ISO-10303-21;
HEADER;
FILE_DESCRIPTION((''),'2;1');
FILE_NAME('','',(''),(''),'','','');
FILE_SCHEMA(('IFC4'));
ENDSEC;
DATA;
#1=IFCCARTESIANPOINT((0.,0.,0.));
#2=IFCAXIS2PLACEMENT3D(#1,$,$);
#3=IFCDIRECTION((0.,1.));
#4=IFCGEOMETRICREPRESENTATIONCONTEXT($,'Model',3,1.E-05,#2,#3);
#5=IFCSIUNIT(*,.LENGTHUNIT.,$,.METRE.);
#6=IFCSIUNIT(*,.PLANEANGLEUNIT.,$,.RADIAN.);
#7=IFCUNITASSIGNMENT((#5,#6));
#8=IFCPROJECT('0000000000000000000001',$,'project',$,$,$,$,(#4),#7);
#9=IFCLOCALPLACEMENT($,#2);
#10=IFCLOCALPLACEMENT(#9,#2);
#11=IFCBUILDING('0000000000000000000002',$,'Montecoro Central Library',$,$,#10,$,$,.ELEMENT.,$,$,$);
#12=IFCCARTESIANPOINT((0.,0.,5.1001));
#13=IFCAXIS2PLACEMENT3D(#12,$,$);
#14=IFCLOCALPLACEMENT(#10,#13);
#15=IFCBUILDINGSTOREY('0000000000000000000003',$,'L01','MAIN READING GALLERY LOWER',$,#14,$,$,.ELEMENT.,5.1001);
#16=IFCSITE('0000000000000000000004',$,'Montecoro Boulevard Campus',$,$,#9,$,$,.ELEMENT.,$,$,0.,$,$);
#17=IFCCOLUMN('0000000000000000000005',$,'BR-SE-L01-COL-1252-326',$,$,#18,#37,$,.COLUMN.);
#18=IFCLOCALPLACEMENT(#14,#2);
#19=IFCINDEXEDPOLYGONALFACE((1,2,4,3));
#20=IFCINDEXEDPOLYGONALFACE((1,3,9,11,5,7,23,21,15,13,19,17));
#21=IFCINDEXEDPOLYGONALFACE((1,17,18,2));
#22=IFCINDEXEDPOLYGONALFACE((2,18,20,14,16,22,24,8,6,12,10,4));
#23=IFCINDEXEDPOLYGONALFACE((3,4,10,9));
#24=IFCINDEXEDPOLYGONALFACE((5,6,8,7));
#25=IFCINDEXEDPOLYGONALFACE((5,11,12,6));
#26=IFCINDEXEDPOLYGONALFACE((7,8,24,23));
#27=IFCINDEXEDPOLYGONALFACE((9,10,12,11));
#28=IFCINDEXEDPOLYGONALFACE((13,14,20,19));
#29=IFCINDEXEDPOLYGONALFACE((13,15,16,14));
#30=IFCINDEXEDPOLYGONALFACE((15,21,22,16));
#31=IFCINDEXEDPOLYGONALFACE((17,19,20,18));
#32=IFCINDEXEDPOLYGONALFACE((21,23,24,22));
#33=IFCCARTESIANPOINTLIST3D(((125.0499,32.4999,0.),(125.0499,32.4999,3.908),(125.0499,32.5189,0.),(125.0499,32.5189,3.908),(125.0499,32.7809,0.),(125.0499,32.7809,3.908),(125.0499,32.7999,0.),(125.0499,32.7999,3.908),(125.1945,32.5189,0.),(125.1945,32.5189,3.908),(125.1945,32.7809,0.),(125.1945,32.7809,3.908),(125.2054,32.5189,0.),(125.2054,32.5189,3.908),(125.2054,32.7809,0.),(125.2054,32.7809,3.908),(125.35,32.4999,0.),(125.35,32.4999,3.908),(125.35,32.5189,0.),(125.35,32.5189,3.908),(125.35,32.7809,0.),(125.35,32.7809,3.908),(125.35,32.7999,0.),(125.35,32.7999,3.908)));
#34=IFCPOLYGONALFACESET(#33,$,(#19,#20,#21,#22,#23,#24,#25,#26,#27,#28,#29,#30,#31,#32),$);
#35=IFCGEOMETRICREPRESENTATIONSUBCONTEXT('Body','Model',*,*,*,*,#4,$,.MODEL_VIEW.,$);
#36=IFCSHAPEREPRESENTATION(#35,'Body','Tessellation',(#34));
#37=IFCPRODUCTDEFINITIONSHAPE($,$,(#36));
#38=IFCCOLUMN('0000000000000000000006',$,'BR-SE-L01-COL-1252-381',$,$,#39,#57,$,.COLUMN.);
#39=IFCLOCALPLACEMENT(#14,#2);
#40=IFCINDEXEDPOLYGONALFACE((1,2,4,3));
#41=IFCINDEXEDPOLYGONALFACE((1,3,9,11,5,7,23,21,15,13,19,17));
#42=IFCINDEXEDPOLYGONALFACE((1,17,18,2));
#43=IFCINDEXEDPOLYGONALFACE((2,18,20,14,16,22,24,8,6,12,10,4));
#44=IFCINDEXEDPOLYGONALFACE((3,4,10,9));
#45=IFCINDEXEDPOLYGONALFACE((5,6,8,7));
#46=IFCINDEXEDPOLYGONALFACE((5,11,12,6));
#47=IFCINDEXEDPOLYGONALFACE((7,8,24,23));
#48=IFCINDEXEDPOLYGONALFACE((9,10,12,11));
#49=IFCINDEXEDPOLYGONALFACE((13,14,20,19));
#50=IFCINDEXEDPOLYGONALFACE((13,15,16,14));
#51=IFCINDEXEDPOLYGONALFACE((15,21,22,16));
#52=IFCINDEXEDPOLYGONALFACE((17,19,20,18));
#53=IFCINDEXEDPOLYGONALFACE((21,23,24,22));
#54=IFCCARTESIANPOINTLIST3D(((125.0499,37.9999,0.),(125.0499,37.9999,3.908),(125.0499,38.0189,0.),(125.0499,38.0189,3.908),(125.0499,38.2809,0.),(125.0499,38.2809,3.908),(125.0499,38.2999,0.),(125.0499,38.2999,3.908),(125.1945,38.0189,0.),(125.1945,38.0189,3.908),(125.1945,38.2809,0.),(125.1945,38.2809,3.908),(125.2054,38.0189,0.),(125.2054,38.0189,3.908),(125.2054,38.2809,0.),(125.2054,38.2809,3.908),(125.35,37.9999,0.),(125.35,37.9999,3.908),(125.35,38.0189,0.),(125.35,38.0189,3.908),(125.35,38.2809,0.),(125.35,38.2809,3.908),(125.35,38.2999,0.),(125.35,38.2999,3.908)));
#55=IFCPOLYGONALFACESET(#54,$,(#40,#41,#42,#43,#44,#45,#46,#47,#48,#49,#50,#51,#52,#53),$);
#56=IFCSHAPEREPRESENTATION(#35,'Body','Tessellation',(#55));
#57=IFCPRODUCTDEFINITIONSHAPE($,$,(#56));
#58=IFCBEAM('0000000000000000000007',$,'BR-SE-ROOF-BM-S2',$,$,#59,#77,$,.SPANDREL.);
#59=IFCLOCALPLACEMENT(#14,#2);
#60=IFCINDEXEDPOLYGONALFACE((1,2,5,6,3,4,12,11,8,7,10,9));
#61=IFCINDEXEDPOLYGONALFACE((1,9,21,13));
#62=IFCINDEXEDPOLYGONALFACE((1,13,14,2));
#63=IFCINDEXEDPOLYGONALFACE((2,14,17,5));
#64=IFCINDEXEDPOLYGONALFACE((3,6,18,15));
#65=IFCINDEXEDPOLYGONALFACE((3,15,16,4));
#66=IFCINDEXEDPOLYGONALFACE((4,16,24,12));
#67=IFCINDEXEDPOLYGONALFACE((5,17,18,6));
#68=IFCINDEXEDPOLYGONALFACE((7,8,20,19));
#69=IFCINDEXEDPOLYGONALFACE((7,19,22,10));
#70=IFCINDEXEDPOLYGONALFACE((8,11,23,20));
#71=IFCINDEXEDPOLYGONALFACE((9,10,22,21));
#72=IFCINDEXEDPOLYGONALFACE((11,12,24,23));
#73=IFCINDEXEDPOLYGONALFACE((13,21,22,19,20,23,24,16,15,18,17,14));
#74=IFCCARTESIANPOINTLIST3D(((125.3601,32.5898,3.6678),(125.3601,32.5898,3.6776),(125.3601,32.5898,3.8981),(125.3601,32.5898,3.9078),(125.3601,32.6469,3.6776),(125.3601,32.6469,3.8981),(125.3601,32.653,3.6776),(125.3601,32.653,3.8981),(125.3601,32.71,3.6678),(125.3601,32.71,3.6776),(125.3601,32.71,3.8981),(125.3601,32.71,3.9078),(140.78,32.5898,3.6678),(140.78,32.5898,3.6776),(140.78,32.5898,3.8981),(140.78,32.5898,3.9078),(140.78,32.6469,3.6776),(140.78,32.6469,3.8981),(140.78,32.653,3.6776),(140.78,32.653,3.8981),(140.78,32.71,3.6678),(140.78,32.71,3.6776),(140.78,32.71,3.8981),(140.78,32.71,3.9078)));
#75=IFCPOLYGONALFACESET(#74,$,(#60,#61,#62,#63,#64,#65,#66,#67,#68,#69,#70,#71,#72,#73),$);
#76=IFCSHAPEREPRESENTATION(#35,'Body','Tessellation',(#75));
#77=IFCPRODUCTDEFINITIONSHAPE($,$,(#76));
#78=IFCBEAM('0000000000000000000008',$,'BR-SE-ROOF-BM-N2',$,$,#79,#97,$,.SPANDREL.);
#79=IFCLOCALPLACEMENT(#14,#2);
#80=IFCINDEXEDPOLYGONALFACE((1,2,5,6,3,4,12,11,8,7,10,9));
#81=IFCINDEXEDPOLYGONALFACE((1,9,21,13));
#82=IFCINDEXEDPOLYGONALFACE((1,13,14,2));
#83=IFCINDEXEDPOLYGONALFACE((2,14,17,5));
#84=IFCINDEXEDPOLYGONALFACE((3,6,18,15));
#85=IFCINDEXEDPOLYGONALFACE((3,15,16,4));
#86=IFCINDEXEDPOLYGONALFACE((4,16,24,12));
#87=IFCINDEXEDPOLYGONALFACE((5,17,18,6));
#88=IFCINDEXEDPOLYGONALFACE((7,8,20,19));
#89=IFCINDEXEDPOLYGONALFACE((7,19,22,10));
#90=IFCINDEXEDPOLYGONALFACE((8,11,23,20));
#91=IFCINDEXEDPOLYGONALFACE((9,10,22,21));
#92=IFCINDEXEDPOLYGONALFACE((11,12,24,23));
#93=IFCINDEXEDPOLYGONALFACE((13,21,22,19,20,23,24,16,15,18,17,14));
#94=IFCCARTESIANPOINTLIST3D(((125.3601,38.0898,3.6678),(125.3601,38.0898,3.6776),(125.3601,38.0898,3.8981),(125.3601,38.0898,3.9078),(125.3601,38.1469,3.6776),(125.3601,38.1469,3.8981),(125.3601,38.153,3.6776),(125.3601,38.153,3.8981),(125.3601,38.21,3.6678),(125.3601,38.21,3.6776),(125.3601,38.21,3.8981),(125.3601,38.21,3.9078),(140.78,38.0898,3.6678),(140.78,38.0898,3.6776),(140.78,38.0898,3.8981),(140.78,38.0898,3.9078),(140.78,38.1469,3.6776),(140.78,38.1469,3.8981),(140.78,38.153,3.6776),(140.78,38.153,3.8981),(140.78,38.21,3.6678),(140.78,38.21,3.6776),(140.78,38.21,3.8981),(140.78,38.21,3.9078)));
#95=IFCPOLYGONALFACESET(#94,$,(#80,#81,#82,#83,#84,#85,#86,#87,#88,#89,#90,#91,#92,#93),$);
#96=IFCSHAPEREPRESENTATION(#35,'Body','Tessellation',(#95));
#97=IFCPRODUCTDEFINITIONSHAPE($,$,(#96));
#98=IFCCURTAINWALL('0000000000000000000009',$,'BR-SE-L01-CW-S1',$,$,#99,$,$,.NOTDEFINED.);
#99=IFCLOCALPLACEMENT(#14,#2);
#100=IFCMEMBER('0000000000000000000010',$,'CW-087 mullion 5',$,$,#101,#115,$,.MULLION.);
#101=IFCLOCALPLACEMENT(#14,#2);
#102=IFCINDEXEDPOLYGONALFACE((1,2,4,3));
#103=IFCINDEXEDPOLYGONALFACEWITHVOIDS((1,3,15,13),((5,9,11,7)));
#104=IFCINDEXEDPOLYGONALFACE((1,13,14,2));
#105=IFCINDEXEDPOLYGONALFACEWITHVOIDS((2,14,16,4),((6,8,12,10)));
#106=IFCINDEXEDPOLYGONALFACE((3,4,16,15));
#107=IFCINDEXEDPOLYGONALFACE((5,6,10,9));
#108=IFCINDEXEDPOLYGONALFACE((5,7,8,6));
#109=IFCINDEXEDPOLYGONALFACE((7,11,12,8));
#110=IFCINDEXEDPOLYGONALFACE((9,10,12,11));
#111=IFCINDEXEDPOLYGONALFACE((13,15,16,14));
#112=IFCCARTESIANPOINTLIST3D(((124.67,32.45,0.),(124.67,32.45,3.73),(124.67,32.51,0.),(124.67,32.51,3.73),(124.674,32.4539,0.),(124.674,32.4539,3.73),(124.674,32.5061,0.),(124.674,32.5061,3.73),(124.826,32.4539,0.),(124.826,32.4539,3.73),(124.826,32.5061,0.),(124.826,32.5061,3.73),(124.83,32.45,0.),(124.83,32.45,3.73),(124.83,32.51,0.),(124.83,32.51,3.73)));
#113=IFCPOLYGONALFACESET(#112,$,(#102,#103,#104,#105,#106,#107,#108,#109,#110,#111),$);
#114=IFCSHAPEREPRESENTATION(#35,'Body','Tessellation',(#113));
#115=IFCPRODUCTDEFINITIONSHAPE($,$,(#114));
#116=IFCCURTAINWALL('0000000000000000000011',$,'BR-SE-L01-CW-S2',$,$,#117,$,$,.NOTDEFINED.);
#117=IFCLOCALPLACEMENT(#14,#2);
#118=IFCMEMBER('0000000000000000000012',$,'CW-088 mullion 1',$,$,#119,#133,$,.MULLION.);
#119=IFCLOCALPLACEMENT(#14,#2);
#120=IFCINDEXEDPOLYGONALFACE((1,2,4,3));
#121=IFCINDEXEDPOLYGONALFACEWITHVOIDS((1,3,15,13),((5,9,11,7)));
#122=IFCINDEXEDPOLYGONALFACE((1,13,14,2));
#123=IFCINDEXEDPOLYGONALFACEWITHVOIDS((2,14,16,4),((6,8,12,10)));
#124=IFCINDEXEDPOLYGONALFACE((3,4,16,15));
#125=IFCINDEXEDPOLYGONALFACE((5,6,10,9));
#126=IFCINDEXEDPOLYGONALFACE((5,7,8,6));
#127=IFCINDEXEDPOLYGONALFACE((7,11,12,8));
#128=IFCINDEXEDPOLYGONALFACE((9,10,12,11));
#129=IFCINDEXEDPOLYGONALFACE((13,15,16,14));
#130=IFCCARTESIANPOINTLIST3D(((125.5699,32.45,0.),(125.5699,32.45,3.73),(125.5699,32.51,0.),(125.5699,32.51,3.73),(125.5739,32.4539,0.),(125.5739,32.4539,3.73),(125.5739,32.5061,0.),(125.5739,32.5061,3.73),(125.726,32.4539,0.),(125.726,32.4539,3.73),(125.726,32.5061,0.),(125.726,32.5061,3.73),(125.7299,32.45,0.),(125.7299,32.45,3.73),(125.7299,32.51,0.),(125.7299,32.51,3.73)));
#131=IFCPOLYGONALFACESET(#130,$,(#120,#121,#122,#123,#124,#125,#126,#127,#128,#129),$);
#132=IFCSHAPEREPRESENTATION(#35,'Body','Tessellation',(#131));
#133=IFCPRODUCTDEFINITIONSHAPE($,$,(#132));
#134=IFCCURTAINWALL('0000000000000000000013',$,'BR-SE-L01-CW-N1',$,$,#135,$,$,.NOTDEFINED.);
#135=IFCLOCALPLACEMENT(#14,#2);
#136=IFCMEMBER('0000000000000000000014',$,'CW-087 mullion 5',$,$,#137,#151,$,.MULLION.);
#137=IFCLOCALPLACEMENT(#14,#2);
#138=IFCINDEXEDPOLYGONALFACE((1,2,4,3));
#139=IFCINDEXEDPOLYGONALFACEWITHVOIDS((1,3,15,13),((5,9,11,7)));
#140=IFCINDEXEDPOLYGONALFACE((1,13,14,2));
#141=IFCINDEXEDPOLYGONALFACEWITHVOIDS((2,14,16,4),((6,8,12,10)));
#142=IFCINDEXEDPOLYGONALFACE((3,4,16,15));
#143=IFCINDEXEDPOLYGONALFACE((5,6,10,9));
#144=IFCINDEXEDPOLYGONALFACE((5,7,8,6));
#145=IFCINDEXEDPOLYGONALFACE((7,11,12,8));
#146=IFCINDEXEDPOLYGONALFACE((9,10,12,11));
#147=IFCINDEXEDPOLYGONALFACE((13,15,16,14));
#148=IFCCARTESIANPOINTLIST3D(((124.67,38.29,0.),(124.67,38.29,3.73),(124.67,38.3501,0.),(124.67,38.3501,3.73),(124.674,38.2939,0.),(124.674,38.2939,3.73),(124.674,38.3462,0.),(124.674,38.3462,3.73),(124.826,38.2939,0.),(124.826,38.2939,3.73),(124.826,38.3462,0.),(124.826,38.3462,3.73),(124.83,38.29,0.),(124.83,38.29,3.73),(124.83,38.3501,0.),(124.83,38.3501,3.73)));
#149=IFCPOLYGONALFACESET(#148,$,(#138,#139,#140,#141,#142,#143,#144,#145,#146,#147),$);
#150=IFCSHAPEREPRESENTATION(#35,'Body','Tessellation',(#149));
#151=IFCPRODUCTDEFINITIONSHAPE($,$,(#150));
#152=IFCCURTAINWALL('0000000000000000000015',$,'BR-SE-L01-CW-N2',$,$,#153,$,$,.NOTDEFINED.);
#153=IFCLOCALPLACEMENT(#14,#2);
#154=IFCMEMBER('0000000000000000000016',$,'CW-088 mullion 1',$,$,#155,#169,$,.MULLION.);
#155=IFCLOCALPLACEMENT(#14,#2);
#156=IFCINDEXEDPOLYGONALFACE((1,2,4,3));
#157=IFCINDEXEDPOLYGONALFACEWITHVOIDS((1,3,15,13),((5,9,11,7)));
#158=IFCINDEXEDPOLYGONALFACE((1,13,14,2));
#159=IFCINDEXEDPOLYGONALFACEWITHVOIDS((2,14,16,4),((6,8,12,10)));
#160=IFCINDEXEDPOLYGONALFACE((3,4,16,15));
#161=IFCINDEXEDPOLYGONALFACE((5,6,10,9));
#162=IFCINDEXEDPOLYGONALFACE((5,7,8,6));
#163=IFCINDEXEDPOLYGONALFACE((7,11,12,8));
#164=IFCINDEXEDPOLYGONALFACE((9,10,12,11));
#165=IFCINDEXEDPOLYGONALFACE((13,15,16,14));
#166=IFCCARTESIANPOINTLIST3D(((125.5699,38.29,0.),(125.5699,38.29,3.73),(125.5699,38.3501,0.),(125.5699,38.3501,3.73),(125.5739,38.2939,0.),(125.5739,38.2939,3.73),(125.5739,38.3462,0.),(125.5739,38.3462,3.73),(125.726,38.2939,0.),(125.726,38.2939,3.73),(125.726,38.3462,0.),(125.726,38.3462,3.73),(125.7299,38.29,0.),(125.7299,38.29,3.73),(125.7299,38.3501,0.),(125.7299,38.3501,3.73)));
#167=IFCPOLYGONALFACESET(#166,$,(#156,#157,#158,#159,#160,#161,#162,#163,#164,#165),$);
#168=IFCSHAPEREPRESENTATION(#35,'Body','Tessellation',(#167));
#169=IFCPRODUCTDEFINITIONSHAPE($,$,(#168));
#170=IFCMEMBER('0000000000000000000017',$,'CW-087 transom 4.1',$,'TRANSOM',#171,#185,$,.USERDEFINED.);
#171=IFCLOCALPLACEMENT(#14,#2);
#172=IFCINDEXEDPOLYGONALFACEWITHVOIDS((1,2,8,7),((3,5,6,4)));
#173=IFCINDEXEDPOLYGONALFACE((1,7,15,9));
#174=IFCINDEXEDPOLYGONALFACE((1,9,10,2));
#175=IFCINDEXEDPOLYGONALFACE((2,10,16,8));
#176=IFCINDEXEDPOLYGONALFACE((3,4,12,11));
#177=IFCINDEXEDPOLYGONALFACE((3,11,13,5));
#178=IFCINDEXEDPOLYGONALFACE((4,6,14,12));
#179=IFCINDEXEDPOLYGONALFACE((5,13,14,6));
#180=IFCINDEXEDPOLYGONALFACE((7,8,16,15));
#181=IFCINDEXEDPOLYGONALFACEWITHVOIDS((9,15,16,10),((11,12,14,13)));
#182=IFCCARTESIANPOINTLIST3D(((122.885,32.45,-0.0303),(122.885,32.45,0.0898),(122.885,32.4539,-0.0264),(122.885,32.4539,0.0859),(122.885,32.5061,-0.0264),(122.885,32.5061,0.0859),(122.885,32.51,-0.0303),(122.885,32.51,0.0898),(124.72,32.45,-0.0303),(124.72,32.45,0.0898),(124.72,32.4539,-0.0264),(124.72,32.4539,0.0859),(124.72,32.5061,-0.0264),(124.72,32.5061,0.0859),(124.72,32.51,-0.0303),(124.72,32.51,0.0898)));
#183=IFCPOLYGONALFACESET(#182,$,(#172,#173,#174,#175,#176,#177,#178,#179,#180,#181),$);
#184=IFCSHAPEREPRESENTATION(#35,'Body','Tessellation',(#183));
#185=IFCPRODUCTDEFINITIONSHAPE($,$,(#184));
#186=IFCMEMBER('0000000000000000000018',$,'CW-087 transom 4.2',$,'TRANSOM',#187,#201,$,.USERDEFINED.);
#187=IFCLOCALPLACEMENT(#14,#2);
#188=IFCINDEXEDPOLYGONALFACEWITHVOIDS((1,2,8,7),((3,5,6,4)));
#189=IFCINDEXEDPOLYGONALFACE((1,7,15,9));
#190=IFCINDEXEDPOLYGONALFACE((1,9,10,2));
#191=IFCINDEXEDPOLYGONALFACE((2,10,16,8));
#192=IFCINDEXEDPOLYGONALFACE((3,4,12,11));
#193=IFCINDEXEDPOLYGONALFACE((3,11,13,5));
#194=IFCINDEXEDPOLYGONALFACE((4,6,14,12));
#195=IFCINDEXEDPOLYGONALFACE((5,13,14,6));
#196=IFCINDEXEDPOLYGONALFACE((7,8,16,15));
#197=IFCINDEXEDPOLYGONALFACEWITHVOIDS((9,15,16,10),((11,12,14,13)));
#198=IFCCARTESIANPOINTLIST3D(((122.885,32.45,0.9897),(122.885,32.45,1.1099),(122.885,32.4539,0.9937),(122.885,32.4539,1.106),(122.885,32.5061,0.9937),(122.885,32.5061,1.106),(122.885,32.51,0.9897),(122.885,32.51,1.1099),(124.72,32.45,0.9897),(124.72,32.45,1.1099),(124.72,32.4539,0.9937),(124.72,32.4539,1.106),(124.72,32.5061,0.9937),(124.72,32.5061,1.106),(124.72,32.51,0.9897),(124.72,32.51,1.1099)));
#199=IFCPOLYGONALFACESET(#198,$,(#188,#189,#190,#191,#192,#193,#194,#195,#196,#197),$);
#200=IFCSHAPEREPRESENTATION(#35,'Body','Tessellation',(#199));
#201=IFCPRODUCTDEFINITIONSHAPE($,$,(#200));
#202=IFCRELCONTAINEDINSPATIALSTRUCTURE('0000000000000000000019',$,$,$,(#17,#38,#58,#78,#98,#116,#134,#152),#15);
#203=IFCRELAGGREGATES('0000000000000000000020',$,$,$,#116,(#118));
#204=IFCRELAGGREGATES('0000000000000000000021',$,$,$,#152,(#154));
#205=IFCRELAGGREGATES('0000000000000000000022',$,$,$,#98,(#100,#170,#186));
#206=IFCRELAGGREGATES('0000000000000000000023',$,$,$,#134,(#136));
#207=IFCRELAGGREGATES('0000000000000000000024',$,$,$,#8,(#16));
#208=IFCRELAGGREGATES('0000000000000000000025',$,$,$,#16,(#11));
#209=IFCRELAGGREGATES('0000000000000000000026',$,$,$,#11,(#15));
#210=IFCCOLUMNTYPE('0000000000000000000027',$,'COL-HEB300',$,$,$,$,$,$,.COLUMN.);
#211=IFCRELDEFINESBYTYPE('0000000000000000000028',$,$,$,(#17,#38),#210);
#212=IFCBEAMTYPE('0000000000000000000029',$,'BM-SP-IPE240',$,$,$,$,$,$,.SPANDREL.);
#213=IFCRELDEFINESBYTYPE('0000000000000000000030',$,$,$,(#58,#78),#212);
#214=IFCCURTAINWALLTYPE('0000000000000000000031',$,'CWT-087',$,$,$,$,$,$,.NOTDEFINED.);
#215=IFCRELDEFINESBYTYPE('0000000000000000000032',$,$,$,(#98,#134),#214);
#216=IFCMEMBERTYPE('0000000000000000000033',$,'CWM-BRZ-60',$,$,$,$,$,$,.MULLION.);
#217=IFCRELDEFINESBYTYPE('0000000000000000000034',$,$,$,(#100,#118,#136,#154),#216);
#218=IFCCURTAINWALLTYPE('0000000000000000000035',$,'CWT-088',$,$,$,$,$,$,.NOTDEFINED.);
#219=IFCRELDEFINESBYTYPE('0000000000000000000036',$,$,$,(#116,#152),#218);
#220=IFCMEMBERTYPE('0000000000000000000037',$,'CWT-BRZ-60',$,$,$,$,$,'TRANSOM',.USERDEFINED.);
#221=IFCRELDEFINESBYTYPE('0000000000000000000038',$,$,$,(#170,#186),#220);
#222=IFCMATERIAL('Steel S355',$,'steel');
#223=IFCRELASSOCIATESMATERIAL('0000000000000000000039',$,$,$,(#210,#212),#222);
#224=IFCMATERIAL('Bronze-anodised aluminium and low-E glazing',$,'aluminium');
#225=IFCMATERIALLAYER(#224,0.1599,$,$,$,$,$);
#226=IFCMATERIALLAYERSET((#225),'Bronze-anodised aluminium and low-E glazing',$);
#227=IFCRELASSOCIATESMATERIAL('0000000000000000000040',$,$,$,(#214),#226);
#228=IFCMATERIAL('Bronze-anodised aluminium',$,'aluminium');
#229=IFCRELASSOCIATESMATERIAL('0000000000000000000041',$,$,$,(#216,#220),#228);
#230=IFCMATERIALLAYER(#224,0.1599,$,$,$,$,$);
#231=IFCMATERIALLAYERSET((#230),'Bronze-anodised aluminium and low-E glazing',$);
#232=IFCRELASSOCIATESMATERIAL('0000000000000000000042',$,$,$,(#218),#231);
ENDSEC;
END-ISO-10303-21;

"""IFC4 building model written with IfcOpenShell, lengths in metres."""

from ifc_helpers import new_model, si_unit, direction, frame, origin, origin_2d, place, context, subcontext, project, spatial, hollow_rectangle, i_section, extrude, material, layer, layer_set, material_profile, profile_set, type_object, element, aggregate, save


model = new_model("IFC4")

# Units and contexts
model_context = context("Model", 3, precision=1e-05, world=origin(), true_north=direction((0.0, 1.0)))
body_context = subcontext(model_context, "Body", "Model", "MODEL_VIEW")
ifc_project = project(units=[si_unit("LENGTHUNIT", "METRE"), si_unit("PLANEANGLEUNIT", "RADIAN")], contexts=[model_context])

# Site, building, storey
site_placement = place(None, origin())
site = spatial("IfcSite", under=ifc_project, at=site_placement, Name="Montecoro Boulevard Campus", CompositionType="ELEMENT", RefElevation=0.0)
building_placement = place(site_placement, origin())
building = spatial("IfcBuilding", under=site, at=building_placement, Name="Montecoro Central Library", CompositionType="ELEMENT")
storey_placement = place(building_placement, frame((0.0, 0.0, 5.1001)))
storey = spatial("IfcBuildingStorey", under=building, at=storey_placement, Name="L01", Description="MAIN READING GALLERY LOWER", CompositionType="ELEMENT", Elevation=5.1001)

# Columns
ifc_material_1 = material(Name="Steel S355", Category="steel")
ifc_material_profile_1 = material_profile(ifc_material_1, i_section(OverallWidth=0.3, OverallDepth=0.3, WebThickness=0.011, FlangeThickness=0.019, at=origin_2d()), Name="HEB 300")
ifc_profile_set_1 = profile_set([ifc_material_profile_1], Name="Steel S355")
column_type = type_object("IfcColumnType", Name="COL-HEB300", PredefinedType="COLUMN", material=ifc_profile_set_1)
for number, where, z_axis, x_axis, name in (
    (1, (125.2, 32.6499, 0.0), (0.0, 0.0, 1.0), (1.0, 0.0, 0.0), "BR-SE-L01-COL-1252-326"),
    (2, (125.2, 38.1499, 0.0), (0.0, 0.0, 1.0), (1.0, 0.0, 0.0), "BR-SE-L01-COL-1252-381"),
):
    element("IfcColumn", number, at=place(storey_placement, frame(where, z_axis=z_axis, x_axis=x_axis)), inside=storey, type_object=column_type, Name=name, PredefinedType="COLUMN", context=body_context, shape_type="SweptSolid", body=[
        extrude(i_section(OverallWidth=0.3, OverallDepth=0.3, WebThickness=0.011, FlangeThickness=0.019, at=origin_2d()), origin(), (0.0, 0.0, 1.0), 3.908),
    ])

# Beams
ifc_material_profile_2 = material_profile(ifc_material_1, i_section(OverallWidth=0.1201, OverallDepth=0.24, WebThickness=0.0061, FlangeThickness=0.0098, at=origin_2d()), Name="IPE 240")
ifc_profile_set_2 = profile_set([ifc_material_profile_2], Name="Steel S355")
beam_type = type_object("IfcBeamType", Name="BM-SP-IPE240", PredefinedType="SPANDREL", material=ifc_profile_set_2)
for number, where, z_axis, x_axis, name in (
    (3, (125.3601, 32.6499, 3.7878), (1.0, 0.0, 0.0), (0.0, 1.0, 0.0), "BR-SE-ROOF-BM-S2"),
    (4, (125.3601, 38.1499, 3.7878), (1.0, 0.0, 0.0), (0.0, 1.0, 0.0), "BR-SE-ROOF-BM-N2"),
):
    element("IfcBeam", number, at=place(storey_placement, frame(where, z_axis=z_axis, x_axis=x_axis)), inside=storey, type_object=beam_type, Name=name, PredefinedType="SPANDREL", context=body_context, shape_type="SweptSolid", body=[
        extrude(i_section(OverallWidth=0.1201, OverallDepth=0.24, WebThickness=0.0061, FlangeThickness=0.0098, at=origin_2d()), origin(), (0.0, 0.0, 1.0), 15.4199),
    ])

# Curtain walls, members
ifc_material_2 = material(Name="Bronze-anodised aluminium and low-E glazing", Category="aluminium")
ifc_layer_1 = layer(ifc_material_2, 0.1599)
ifc_layer_set_1 = layer_set([ifc_layer_1], Name="Bronze-anodised aluminium and low-E glazing")
curtain_wall_type_1 = type_object("IfcCurtainWallType", Name="CWT-087", PredefinedType="NOTDEFINED", material=ifc_layer_set_1)
curtain_wall_1_placement = place(storey_placement, origin())
curtain_wall_1 = element("IfcCurtainWall", 5, at=curtain_wall_1_placement, inside=storey, type_object=curtain_wall_type_1, Name="BR-SE-L01-CW-S1", PredefinedType="NOTDEFINED")
ifc_material_3 = material(Name="Bronze-anodised aluminium", Category="aluminium")
ifc_material_profile_3 = material_profile(ifc_material_3, hollow_rectangle(XDim=0.0601, YDim=0.1599, WallThickness=0.0039, at=origin_2d()), Name="CWM 160x60x4.0")
ifc_profile_set_3 = profile_set([ifc_material_profile_3], Name="Bronze-anodised aluminium")
member_type_1 = type_object("IfcMemberType", Name="CWM-BRZ-60", PredefinedType="MULLION", material=ifc_profile_set_3)
member_1_placement = place(storey_placement, frame((124.75, 32.48, 0.0), z_axis=(0.0, 0.0, 1.0), x_axis=(0.0, 1.0, 0.0)))
member_1 = element("IfcMember", 6, at=member_1_placement, type_object=member_type_1, Name="CW-087 mullion 5", PredefinedType="MULLION", context=body_context, shape_type="SweptSolid", body=[
    extrude(hollow_rectangle(XDim=0.0601, YDim=0.1599, WallThickness=0.0039, at=origin_2d()), origin(), (0.0, 0.0, 1.0), 3.73),
])
ifc_layer_2 = layer(ifc_material_2, 0.1599)
ifc_layer_set_2 = layer_set([ifc_layer_2], Name="Bronze-anodised aluminium and low-E glazing")
curtain_wall_type_2 = type_object("IfcCurtainWallType", Name="CWT-088", PredefinedType="NOTDEFINED", material=ifc_layer_set_2)
curtain_wall_2_placement = place(storey_placement, origin())
curtain_wall_2 = element("IfcCurtainWall", 7, at=curtain_wall_2_placement, inside=storey, type_object=curtain_wall_type_2, Name="BR-SE-L01-CW-S2", PredefinedType="NOTDEFINED")
member_2_placement = place(storey_placement, frame((125.6499, 32.48, 0.0), z_axis=(0.0, 0.0, 1.0), x_axis=(0.0, 1.0, 0.0)))
member_2 = element("IfcMember", 8, at=member_2_placement, type_object=member_type_1, Name="CW-088 mullion 1", PredefinedType="MULLION", context=body_context, shape_type="SweptSolid", body=[
    extrude(hollow_rectangle(XDim=0.0601, YDim=0.1599, WallThickness=0.0039, at=origin_2d()), origin(), (0.0, 0.0, 1.0), 3.73),
])
curtain_wall_3_placement = place(storey_placement, origin())
curtain_wall_3 = element("IfcCurtainWall", 9, at=curtain_wall_3_placement, inside=storey, type_object=curtain_wall_type_1, Name="BR-SE-L01-CW-N1", PredefinedType="NOTDEFINED")
member_3_placement = place(storey_placement, frame((124.75, 38.3201, 0.0), z_axis=(0.0, 0.0, 1.0), x_axis=(0.0, 1.0, 0.0)))
member_3 = element("IfcMember", 10, at=member_3_placement, type_object=member_type_1, Name="CW-087 mullion 5", PredefinedType="MULLION", context=body_context, shape_type="SweptSolid", body=[
    extrude(hollow_rectangle(XDim=0.0601, YDim=0.1599, WallThickness=0.0039, at=origin_2d()), origin(), (0.0, 0.0, 1.0), 3.73),
])
curtain_wall_4_placement = place(storey_placement, origin())
curtain_wall_4 = element("IfcCurtainWall", 11, at=curtain_wall_4_placement, inside=storey, type_object=curtain_wall_type_2, Name="BR-SE-L01-CW-N2", PredefinedType="NOTDEFINED")
member_4_placement = place(storey_placement, frame((125.6499, 38.3201, 0.0), z_axis=(0.0, 0.0, 1.0), x_axis=(0.0, 1.0, 0.0)))
member_4 = element("IfcMember", 12, at=member_4_placement, type_object=member_type_1, Name="CW-088 mullion 1", PredefinedType="MULLION", context=body_context, shape_type="SweptSolid", body=[
    extrude(hollow_rectangle(XDim=0.0601, YDim=0.1599, WallThickness=0.0039, at=origin_2d()), origin(), (0.0, 0.0, 1.0), 3.73),
])

# Members
ifc_material_profile_4 = material_profile(ifc_material_3, hollow_rectangle(XDim=0.0601, YDim=0.1201, WallThickness=0.0039, at=origin_2d()), Name="CWT 120x60x4.0")
ifc_profile_set_4 = profile_set([ifc_material_profile_4], Name="Bronze-anodised aluminium")
member_type_2 = type_object("IfcMemberType", Name="CWT-BRZ-60", ElementType="TRANSOM", PredefinedType="USERDEFINED", material=ifc_profile_set_4)
member_5_placement = place(storey_placement, frame((122.885, 32.48, 0.0298), z_axis=(1.0, 0.0, 0.0), x_axis=(0.0, 1.0, 0.0)))
member_5 = element("IfcMember", 13, at=member_5_placement, type_object=member_type_2, Name="CW-087 transom 4.1", ObjectType="TRANSOM", PredefinedType="USERDEFINED", context=body_context, shape_type="SweptSolid", body=[
    extrude(hollow_rectangle(XDim=0.0601, YDim=0.1201, WallThickness=0.0039, at=origin_2d()), origin(), (0.0, 0.0, 1.0), 1.835),
])
member_6_placement = place(storey_placement, frame((122.885, 32.48, 1.0498), z_axis=(1.0, 0.0, 0.0), x_axis=(0.0, 1.0, 0.0)))
member_6 = element("IfcMember", 14, at=member_6_placement, type_object=member_type_2, Name="CW-087 transom 4.2", ObjectType="TRANSOM", PredefinedType="USERDEFINED", context=body_context, shape_type="SweptSolid", body=[
    extrude(hollow_rectangle(XDim=0.0601, YDim=0.1201, WallThickness=0.0039, at=origin_2d()), origin(), (0.0, 0.0, 1.0), 1.835),
])
aggregate(curtain_wall_2, [member_2])
aggregate(curtain_wall_4, [member_4])

aggregate(curtain_wall_1, [member_1, member_5, member_6])
aggregate(curtain_wall_3, [member_3])

save(model, "model.ifc")
